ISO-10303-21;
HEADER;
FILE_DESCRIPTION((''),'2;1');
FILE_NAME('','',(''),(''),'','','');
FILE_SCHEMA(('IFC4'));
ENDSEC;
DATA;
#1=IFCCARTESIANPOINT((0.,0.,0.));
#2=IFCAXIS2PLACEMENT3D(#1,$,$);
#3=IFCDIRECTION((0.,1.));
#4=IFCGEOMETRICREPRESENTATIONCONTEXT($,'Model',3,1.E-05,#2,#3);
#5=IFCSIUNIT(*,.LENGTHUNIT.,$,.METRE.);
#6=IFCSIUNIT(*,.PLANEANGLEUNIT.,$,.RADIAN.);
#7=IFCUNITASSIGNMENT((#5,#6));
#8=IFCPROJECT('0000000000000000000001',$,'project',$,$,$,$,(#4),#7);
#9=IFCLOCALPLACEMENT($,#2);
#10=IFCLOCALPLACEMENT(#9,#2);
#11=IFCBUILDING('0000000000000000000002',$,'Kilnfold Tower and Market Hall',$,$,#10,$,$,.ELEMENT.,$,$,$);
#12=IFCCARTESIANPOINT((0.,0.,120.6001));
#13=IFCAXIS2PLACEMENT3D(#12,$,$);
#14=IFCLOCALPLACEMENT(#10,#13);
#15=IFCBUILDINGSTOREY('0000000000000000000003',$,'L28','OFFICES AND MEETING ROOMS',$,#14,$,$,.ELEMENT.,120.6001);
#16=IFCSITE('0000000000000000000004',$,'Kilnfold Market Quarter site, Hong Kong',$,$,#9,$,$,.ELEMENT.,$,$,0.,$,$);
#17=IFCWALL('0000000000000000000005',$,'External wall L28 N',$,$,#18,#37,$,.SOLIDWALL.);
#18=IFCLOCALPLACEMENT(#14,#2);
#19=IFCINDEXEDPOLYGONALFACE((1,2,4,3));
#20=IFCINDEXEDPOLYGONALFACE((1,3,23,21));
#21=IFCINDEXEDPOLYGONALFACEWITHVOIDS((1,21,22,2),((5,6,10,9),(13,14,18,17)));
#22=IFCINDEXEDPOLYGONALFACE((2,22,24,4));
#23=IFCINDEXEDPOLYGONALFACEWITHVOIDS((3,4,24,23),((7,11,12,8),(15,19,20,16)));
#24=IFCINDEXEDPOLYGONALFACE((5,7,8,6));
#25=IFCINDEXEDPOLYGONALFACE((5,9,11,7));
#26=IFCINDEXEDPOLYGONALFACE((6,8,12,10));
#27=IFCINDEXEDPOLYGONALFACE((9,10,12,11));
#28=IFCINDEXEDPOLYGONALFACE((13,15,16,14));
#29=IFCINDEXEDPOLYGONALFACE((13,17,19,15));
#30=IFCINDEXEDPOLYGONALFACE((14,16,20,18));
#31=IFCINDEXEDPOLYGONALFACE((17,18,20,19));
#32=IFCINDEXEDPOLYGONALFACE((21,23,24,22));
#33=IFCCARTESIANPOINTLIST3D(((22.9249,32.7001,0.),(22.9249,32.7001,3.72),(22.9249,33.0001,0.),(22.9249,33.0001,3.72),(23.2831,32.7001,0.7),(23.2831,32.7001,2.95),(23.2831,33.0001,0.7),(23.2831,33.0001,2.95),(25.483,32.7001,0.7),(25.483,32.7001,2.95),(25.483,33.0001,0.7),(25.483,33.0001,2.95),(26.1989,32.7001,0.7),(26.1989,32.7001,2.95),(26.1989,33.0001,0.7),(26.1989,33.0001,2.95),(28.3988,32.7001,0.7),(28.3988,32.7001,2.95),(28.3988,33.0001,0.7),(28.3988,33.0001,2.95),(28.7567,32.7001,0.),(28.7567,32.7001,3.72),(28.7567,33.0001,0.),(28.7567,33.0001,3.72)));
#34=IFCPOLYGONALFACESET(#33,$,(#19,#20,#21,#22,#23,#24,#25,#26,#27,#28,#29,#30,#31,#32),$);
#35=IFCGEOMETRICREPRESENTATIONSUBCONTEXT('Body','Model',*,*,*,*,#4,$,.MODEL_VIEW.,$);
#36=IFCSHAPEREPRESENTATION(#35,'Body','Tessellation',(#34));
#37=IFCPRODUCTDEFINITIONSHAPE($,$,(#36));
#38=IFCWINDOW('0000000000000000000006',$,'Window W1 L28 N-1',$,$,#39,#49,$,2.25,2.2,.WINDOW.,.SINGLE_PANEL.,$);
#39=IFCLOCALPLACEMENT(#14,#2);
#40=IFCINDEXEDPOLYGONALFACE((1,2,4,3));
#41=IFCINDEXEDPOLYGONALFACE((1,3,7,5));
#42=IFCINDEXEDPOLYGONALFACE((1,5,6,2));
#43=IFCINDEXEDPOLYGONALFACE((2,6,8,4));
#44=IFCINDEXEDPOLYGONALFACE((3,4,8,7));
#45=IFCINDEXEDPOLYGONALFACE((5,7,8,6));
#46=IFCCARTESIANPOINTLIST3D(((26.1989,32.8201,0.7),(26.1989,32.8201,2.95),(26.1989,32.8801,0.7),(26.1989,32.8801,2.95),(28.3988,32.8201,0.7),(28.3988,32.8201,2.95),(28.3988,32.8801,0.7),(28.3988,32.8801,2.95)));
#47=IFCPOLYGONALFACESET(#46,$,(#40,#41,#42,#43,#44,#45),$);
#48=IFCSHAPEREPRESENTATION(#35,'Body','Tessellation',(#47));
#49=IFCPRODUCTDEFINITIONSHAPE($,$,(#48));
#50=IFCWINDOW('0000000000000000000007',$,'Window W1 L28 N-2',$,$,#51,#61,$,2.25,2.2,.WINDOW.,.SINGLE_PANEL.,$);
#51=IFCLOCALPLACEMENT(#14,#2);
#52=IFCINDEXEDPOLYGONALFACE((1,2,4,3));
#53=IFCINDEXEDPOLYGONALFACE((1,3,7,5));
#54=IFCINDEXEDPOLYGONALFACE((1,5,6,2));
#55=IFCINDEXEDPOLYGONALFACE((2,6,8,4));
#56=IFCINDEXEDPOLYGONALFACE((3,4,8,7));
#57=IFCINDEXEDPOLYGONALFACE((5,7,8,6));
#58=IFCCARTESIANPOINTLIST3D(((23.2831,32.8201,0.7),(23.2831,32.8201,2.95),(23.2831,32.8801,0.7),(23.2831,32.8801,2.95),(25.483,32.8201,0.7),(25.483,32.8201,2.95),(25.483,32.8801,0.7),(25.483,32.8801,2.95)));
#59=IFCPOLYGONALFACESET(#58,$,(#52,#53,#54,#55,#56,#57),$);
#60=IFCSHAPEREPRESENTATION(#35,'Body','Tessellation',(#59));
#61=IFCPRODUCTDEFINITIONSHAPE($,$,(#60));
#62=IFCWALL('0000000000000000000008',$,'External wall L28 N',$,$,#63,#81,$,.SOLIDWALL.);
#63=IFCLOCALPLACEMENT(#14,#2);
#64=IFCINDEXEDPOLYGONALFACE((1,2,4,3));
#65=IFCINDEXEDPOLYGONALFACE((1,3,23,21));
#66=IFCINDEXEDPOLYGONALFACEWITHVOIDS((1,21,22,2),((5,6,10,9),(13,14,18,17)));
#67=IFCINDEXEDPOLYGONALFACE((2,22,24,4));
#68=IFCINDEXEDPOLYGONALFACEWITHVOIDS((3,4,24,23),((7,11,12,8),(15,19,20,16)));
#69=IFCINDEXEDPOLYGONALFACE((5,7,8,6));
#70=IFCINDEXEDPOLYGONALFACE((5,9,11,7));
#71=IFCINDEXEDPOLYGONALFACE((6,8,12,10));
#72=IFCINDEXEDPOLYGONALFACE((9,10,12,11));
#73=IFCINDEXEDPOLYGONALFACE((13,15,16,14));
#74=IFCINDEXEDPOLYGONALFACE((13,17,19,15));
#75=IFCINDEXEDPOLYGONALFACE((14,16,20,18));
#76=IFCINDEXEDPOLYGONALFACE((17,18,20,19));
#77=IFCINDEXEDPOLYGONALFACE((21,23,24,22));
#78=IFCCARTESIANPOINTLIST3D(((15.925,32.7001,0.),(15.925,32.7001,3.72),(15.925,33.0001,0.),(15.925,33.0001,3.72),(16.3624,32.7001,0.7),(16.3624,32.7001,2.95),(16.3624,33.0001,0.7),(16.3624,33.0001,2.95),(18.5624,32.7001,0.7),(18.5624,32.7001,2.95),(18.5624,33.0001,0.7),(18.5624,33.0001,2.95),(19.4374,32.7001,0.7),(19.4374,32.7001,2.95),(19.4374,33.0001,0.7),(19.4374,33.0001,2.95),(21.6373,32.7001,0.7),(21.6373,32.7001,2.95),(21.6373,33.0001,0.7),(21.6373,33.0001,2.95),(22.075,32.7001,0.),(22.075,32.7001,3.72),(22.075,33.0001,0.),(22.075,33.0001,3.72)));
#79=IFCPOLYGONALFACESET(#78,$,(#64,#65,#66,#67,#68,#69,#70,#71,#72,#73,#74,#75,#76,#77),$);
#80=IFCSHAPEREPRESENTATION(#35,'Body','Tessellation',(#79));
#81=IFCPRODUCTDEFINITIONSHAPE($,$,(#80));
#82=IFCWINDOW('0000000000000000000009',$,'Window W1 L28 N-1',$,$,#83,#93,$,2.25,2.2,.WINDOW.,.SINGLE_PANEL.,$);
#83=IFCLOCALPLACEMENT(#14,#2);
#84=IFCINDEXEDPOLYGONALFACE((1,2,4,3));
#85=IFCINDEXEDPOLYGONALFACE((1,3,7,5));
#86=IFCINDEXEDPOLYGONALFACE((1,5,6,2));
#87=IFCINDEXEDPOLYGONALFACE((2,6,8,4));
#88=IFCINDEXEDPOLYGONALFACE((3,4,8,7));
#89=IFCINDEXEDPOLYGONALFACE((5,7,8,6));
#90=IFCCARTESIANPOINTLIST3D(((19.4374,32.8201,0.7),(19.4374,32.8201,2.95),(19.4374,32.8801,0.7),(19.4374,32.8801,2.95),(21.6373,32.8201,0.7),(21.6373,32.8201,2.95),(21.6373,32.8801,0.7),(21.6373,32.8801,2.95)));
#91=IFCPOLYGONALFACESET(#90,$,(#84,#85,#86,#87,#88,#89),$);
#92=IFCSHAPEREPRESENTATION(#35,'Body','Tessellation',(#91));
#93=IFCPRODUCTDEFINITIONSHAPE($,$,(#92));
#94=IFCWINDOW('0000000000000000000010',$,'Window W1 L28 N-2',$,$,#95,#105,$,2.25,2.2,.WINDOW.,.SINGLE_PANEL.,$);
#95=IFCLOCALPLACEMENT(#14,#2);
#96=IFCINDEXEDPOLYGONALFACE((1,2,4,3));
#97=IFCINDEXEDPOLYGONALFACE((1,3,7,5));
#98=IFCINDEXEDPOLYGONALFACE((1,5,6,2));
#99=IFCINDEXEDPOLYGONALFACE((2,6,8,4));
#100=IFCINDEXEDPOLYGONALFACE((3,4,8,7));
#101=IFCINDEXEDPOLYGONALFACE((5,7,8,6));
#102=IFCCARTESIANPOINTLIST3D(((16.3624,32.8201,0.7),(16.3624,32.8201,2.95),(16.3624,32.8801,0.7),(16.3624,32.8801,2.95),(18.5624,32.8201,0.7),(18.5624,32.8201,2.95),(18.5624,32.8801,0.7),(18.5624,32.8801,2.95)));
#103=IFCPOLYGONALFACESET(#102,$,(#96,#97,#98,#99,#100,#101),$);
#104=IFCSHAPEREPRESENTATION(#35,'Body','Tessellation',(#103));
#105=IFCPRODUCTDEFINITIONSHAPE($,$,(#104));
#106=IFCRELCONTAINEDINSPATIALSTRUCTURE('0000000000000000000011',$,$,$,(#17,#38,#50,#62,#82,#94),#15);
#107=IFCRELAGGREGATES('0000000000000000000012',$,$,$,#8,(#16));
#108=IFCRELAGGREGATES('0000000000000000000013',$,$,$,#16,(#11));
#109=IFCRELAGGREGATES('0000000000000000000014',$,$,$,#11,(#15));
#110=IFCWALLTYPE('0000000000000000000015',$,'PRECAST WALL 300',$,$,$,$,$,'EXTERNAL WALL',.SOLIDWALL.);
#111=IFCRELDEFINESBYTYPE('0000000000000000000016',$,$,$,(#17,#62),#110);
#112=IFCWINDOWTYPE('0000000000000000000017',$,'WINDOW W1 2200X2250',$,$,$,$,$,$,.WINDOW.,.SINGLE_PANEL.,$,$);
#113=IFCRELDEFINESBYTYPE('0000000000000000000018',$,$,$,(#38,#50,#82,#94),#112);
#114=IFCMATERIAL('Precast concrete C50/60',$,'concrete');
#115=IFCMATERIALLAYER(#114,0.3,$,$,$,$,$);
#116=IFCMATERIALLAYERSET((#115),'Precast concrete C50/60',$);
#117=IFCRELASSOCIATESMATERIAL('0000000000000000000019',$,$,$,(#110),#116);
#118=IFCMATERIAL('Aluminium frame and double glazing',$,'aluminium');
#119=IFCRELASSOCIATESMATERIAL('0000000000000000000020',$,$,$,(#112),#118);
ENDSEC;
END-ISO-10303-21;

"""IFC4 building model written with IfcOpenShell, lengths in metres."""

from ifc_helpers import new_model, si_unit, direction, frame, frame_2d, origin, place, context, subcontext, project, spatial, rectangle, extrude, source, transform, mapped, material, layer, layer_set, type_object, element, fill, save


model = new_model("IFC4")

# Units and contexts
model_context = context("Model", 3, precision=1e-05, world=origin(), true_north=direction((0.0, 1.0)))
body_context = subcontext(model_context, "Body", "Model", "MODEL_VIEW")
ifc_project = project(units=[si_unit("LENGTHUNIT", "METRE"), si_unit("PLANEANGLEUNIT", "RADIAN")], contexts=[model_context])

# Site, building, storey
site_placement = place(None, origin())
site = spatial("IfcSite", under=ifc_project, at=site_placement, Name="Kilnfold Market Quarter site, Hong Kong", CompositionType="ELEMENT", RefElevation=0.0)
building_placement = place(site_placement, origin())
building = spatial("IfcBuilding", under=site, at=building_placement, Name="Kilnfold Tower and Market Hall", CompositionType="ELEMENT")
storey_placement = place(building_placement, frame((0.0, 0.0, 120.6001)))
storey = spatial("IfcBuildingStorey", under=building, at=storey_placement, Name="L28", Description="OFFICES AND MEETING ROOMS", CompositionType="ELEMENT", Elevation=120.6001)

# Walls, openings, windows
ifc_material_1 = material(Name="Precast concrete C50/60", Category="concrete")
ifc_layer_1 = layer(ifc_material_1, 0.3)
ifc_layer_set_1 = layer_set([ifc_layer_1], Name="Precast concrete C50/60")
wall_type_1 = type_object("IfcWallType", Name="PRECAST WALL 300", ElementType="EXTERNAL WALL", PredefinedType="SOLIDWALL", material=ifc_layer_set_1)
shared_shape_1 = source(origin(), body_context, "Body", "SweptSolid", [
    extrude(rectangle(XDim=5.8318, YDim=0.3, at=frame_2d((2.916, 0.0))), origin(), (0.0, 0.0, 1.0), 3.72),
])
wall_1_placement = place(storey_placement, frame((28.7568, 32.8501, 0.0), z_axis=(0.0, 0.0, 1.0), x_axis=(-1.0, 0.0, 0.0)))
wall_1 = element("IfcWall", 1, at=wall_1_placement, inside=storey, type_object=wall_type_1, Name="External wall L28 N", PredefinedType="SOLIDWALL", context=body_context, shape_type="MappedRepresentation", body=[
    mapped(shared_shape_1, transform((0.0, 0.0, 0.0))),
])
opening_1_placement = place(wall_1_placement, frame((0.3579, 0.0, 0.7)))
opening_1 = element("IfcOpeningElement", 2, at=opening_1_placement, cuts=wall_1, PredefinedType="OPENING", context=body_context, shape_type="SweptSolid", body=[
    extrude(rectangle(XDim=2.2, YDim=2.25, at=frame_2d((1.1001, 1.125))), frame((0.0, 0.1602, 0.0), z_axis=(0.0, -1.0, 0.0), x_axis=(1.0, 0.0, 0.0)), (0.0, 0.0, 1.0), 0.3201),
])
opening_2_placement = place(wall_1_placement, frame((3.2737, 0.0, 0.7)))
opening_2 = element("IfcOpeningElement", 3, at=opening_2_placement, cuts=wall_1, PredefinedType="OPENING", context=body_context, shape_type="SweptSolid", body=[
    extrude(rectangle(XDim=2.2, YDim=2.25, at=frame_2d((1.1001, 1.125))), frame((0.0, 0.1602, 0.0), z_axis=(0.0, -1.0, 0.0), x_axis=(1.0, 0.0, 0.0)), (0.0, 0.0, 1.0), 0.3201),
])
ifc_material_2 = material(Name="Aluminium frame and double glazing", Category="aluminium")
window_type = type_object("IfcWindowType", Name="WINDOW W1 2200X2250", PartitioningType="SINGLE_PANEL", PredefinedType="WINDOW", material=ifc_material_2)
window_1_placement = place(opening_1_placement, origin())
window_1 = element("IfcWindow", 4, at=window_1_placement, inside=storey, type_object=window_type, Name="Window W1 L28 N-1", OverallHeight=2.25, OverallWidth=2.2, PartitioningType="SINGLE_PANEL", PredefinedType="WINDOW", context=body_context, shape_type="SweptSolid", body=[
    extrude(rectangle(XDim=2.2, YDim=2.25, at=frame_2d((1.1001, 1.125))), frame((0.0, 0.03, 0.0), z_axis=(0.0, -1.0, 0.0), x_axis=(1.0, 0.0, 0.0)), (0.0, 0.0, 1.0), 0.0601),
])
fill(opening_1, window_1)
window_2_placement = place(opening_2_placement, origin())
window_2 = element("IfcWindow", 5, at=window_2_placement, inside=storey, type_object=window_type, Name="Window W1 L28 N-2", OverallHeight=2.25, OverallWidth=2.2, PartitioningType="SINGLE_PANEL", PredefinedType="WINDOW", context=body_context, shape_type="SweptSolid", body=[
    extrude(rectangle(XDim=2.2, YDim=2.25, at=frame_2d((1.1001, 1.125))), frame((0.0, 0.03, 0.0), z_axis=(0.0, -1.0, 0.0), x_axis=(1.0, 0.0, 0.0)), (0.0, 0.0, 1.0), 0.0601),
])
fill(opening_2, window_2)
shared_shape_2 = source(origin(), body_context, "Body", "SweptSolid", [
    extrude(rectangle(XDim=6.1499, YDim=0.3, at=frame_2d((3.075, 0.0))), origin(), (0.0, 0.0, 1.0), 3.72),
])
wall_2_placement = place(storey_placement, frame((22.075, 32.8501, 0.0), z_axis=(0.0, 0.0, 1.0), x_axis=(-1.0, 0.0, 0.0)))
wall_2 = element("IfcWall", 6, at=wall_2_placement, inside=storey, type_object=wall_type_1, Name="External wall L28 N", PredefinedType="SOLIDWALL", context=body_context, shape_type="MappedRepresentation", body=[
    mapped(shared_shape_2, transform((0.0, 0.0, 0.0))),
])
opening_3_placement = place(wall_2_placement, frame((0.4375, 0.0, 0.7)))
opening_3 = element("IfcOpeningElement", 7, at=opening_3_placement, cuts=wall_2, PredefinedType="OPENING", context=body_context, shape_type="SweptSolid", body=[
    extrude(rectangle(XDim=2.2, YDim=2.25, at=frame_2d((1.1001, 1.125))), frame((0.0, 0.1602, 0.0), z_axis=(0.0, -1.0, 0.0), x_axis=(1.0, 0.0, 0.0)), (0.0, 0.0, 1.0), 0.3201),
])
opening_4_placement = place(wall_2_placement, frame((3.5125, 0.0, 0.7)))
opening_4 = element("IfcOpeningElement", 8, at=opening_4_placement, cuts=wall_2, PredefinedType="OPENING", context=body_context, shape_type="SweptSolid", body=[
    extrude(rectangle(XDim=2.2, YDim=2.25, at=frame_2d((1.1001, 1.125))), frame((0.0, 0.1602, 0.0), z_axis=(0.0, -1.0, 0.0), x_axis=(1.0, 0.0, 0.0)), (0.0, 0.0, 1.0), 0.3201),
])
window_3_placement = place(opening_3_placement, origin())
window_3 = element("IfcWindow", 9, at=window_3_placement, inside=storey, type_object=window_type, Name="Window W1 L28 N-1", OverallHeight=2.25, OverallWidth=2.2, PartitioningType="SINGLE_PANEL", PredefinedType="WINDOW", context=body_context, shape_type="SweptSolid", body=[
    extrude(rectangle(XDim=2.2, YDim=2.25, at=frame_2d((1.1001, 1.125))), frame((0.0, 0.03, 0.0), z_axis=(0.0, -1.0, 0.0), x_axis=(1.0, 0.0, 0.0)), (0.0, 0.0, 1.0), 0.0601),
])
fill(opening_3, window_3)
window_4_placement = place(opening_4_placement, origin())
window_4 = element("IfcWindow", 10, at=window_4_placement, inside=storey, type_object=window_type, Name="Window W1 L28 N-2", OverallHeight=2.25, OverallWidth=2.2, PartitioningType="SINGLE_PANEL", PredefinedType="WINDOW", context=body_context, shape_type="SweptSolid", body=[
    extrude(rectangle(XDim=2.2, YDim=2.25, at=frame_2d((1.1001, 1.125))), frame((0.0, 0.03, 0.0), z_axis=(0.0, -1.0, 0.0), x_axis=(1.0, 0.0, 0.0)), (0.0, 0.0, 1.0), 0.0601),
])
fill(opening_4, window_4)

save(model, "model.ifc")
